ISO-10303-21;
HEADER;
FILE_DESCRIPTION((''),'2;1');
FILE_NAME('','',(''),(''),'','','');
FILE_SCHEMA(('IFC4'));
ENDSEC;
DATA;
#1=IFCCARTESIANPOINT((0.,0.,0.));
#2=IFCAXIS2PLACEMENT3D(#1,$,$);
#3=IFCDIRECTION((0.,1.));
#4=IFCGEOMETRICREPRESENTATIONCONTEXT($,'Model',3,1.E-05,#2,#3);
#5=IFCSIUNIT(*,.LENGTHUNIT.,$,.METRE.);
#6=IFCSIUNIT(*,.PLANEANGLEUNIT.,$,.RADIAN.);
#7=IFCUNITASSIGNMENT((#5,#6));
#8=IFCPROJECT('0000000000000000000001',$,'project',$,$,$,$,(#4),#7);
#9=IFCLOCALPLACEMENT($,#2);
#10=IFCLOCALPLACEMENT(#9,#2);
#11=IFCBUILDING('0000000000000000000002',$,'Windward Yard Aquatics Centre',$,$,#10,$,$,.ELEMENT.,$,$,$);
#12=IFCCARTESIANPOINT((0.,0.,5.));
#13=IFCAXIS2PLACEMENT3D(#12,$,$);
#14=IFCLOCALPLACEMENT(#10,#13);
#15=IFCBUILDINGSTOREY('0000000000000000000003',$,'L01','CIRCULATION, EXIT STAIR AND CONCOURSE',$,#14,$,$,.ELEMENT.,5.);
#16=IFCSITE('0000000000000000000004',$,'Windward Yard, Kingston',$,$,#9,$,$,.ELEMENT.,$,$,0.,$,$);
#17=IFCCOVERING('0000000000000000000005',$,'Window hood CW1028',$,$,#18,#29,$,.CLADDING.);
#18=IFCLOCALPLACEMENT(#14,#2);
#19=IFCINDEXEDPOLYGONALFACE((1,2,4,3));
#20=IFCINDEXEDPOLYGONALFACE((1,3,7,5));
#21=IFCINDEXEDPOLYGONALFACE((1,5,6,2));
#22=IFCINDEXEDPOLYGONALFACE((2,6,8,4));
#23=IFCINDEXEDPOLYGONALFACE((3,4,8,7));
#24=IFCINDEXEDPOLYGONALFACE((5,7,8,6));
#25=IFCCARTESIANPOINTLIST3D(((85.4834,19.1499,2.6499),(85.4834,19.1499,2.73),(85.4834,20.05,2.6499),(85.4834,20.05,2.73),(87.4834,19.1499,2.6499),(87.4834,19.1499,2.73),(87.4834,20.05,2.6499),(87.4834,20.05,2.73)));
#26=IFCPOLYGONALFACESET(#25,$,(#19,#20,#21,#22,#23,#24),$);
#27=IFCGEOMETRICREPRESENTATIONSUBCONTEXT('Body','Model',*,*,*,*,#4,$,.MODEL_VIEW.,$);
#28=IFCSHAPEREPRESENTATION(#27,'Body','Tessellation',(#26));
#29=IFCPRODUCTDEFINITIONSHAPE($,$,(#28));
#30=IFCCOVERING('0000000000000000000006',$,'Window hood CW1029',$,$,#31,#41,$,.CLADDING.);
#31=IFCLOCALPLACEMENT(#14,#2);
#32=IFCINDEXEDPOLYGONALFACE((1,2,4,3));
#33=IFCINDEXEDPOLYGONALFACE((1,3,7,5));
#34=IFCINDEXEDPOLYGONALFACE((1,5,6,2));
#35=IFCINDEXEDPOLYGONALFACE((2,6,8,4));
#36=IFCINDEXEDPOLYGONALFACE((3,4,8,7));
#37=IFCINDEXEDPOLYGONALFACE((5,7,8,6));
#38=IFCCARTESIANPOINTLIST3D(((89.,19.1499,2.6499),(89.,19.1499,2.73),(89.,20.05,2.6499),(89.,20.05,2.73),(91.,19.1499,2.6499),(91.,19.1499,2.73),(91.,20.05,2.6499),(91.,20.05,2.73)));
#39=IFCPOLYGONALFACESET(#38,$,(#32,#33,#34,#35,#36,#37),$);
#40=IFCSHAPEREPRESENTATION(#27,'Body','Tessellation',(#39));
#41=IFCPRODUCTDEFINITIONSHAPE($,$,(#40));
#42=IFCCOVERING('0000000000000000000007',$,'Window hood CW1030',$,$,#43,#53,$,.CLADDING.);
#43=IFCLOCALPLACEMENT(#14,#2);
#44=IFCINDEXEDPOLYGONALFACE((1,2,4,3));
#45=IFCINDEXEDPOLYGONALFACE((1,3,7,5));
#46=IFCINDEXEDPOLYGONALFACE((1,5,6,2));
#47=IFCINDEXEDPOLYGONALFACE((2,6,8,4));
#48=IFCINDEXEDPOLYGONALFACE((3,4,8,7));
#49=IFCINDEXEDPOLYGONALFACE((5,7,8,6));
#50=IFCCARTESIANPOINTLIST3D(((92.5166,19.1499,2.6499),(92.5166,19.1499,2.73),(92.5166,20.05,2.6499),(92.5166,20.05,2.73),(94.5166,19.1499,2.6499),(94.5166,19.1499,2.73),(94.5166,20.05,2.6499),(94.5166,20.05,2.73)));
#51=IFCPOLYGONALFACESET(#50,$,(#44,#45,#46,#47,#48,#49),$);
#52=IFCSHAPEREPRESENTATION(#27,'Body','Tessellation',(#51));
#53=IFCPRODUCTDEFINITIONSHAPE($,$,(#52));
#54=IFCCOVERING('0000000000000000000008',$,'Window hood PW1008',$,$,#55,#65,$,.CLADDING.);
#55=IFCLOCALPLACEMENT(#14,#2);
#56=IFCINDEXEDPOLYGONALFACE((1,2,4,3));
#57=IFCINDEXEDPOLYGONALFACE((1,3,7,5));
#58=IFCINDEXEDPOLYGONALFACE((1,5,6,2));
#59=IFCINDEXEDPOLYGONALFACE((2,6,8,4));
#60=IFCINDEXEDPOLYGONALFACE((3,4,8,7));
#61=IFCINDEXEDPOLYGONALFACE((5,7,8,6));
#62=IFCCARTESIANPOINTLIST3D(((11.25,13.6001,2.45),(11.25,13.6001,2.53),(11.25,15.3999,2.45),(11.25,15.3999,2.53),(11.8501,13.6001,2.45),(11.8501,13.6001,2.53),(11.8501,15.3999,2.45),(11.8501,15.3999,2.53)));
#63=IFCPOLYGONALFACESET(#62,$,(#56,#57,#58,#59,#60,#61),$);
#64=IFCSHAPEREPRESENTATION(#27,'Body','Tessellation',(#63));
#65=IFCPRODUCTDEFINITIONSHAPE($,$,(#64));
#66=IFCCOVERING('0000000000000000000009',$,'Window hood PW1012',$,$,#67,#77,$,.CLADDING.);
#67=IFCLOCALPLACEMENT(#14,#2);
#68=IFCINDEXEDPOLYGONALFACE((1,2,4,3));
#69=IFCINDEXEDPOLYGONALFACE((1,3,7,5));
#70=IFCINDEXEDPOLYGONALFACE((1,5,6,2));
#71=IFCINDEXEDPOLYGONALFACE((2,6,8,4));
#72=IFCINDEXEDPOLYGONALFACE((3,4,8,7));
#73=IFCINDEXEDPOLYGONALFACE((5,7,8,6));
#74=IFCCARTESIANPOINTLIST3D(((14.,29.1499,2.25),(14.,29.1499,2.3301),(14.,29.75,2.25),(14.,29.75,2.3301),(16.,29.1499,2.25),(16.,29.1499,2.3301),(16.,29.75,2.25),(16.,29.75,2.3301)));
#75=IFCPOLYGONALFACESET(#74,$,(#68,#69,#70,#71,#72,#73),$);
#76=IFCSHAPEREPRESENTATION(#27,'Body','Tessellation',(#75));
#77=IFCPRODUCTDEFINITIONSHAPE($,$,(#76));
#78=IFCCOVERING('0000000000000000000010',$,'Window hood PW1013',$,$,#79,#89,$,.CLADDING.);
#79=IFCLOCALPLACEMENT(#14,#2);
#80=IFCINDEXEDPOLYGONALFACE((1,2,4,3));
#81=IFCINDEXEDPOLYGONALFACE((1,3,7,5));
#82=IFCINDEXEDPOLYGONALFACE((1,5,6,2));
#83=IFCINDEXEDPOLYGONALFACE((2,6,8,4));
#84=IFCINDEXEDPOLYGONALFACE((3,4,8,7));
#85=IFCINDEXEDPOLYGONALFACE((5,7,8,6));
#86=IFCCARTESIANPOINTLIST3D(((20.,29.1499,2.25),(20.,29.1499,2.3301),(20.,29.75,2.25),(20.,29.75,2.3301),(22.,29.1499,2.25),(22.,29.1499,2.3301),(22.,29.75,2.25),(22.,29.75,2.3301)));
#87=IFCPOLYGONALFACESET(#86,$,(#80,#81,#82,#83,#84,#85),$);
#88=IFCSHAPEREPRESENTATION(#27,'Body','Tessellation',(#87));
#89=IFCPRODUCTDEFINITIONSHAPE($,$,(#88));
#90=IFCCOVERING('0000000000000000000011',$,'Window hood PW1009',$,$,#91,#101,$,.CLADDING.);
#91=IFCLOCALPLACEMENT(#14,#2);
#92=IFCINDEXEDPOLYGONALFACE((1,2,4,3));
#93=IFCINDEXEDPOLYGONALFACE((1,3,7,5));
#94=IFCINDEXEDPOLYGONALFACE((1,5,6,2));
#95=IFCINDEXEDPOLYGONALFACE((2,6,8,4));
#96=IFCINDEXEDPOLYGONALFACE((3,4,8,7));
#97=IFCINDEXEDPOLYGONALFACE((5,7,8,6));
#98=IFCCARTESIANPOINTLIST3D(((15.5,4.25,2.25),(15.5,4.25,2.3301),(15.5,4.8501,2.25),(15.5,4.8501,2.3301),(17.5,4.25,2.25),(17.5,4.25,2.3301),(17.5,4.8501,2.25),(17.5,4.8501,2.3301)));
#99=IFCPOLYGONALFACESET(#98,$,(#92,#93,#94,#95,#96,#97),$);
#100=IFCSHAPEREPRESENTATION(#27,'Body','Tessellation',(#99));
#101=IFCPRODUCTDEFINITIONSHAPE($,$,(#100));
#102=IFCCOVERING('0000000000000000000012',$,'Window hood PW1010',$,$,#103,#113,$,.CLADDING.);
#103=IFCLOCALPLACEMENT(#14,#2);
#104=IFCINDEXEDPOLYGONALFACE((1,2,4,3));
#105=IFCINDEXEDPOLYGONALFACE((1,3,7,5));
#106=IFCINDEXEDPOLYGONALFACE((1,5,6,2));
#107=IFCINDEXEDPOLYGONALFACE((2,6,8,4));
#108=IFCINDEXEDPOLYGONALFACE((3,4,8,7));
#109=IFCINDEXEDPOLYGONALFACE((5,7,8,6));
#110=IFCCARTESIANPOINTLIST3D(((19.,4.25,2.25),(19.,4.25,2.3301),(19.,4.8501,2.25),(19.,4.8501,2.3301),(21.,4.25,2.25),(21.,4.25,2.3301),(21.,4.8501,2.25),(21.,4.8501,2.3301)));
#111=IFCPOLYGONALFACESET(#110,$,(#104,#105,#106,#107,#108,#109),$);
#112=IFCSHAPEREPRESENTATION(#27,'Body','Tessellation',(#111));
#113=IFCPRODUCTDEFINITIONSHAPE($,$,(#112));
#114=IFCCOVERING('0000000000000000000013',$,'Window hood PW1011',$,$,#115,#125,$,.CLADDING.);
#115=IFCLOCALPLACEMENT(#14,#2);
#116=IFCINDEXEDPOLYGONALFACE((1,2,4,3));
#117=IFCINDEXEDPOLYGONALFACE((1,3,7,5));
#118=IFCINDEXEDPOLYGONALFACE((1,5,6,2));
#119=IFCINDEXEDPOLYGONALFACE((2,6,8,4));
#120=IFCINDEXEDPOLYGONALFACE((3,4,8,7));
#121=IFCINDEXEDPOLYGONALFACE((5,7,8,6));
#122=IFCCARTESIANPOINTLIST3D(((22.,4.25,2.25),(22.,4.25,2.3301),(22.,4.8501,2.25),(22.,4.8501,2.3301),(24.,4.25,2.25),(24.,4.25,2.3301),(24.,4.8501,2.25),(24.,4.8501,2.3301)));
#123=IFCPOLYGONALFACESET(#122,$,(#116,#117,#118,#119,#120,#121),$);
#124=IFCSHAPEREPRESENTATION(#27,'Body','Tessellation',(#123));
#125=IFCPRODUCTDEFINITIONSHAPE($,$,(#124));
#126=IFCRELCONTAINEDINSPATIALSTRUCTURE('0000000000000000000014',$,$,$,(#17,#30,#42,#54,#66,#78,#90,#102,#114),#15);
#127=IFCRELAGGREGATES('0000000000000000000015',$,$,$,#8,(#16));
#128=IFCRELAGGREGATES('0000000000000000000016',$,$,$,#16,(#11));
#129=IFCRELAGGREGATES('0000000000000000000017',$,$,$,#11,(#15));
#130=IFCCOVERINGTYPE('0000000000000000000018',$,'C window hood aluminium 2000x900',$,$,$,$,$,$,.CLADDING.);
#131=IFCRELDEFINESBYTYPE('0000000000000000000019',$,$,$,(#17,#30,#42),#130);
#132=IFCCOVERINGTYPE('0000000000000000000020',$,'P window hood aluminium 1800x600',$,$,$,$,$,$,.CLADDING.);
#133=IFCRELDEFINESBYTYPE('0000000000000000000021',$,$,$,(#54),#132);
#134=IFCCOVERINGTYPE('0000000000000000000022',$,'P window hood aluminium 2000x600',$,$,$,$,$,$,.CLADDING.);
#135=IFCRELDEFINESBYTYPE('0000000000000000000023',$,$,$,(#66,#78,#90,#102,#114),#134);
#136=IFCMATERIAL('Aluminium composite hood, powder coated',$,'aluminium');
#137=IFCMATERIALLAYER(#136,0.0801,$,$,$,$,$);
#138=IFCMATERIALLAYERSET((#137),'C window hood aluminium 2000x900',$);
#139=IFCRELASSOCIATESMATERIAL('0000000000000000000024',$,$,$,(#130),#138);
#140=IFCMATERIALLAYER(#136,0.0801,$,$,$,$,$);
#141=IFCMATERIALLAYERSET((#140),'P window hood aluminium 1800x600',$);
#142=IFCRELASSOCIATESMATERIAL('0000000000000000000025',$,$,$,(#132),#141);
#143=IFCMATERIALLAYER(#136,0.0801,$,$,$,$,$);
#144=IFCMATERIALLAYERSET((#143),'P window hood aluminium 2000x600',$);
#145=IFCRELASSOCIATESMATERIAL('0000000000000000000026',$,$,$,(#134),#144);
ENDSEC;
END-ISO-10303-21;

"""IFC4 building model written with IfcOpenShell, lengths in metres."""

from ifc_helpers import new_model, si_unit, direction, frame, origin, place, context, subcontext, project, spatial, polyline, outline, extrude, material, layer, layer_set, type_object, element, save


model = new_model("IFC4")

# Units and contexts
model_context = context("Model", 3, precision=1e-05, world=origin(), true_north=direction((0.0, 1.0)))
body_context = subcontext(model_context, "Body", "Model", "MODEL_VIEW")
ifc_project = project(units=[si_unit("LENGTHUNIT", "METRE"), si_unit("PLANEANGLEUNIT", "RADIAN")], contexts=[model_context])

# Site, building, storey
site_placement = place(None, origin())
site = spatial("IfcSite", under=ifc_project, at=site_placement, Name="Windward Yard, Kingston", CompositionType="ELEMENT", RefElevation=0.0)
building_placement = place(site_placement, origin())
building = spatial("IfcBuilding", under=site, at=building_placement, Name="Windward Yard Aquatics Centre", CompositionType="ELEMENT")
storey_placement = place(building_placement, frame((0.0, 0.0, 5.0)))
storey = spatial("IfcBuildingStorey", under=building, at=storey_placement, Name="L01", Description="CIRCULATION, EXIT STAIR AND CONCOURSE", CompositionType="ELEMENT", Elevation=5.0)

# Coverings
ifc_material_1 = material(Name="Aluminium composite hood, powder coated", Category="aluminium")
ifc_layer_1 = layer(ifc_material_1, 0.0801)
ifc_layer_set_1 = layer_set([ifc_layer_1], Name="C window hood aluminium 2000x900")
covering_type_1 = type_object("IfcCoveringType", Name="C window hood aluminium 2000x900", PredefinedType="CLADDING", material=ifc_layer_set_1)
covering_1_placement = place(storey_placement, frame((0.0, 0.0, 2.6499)))
element("IfcCovering", 1, at=covering_1_placement, inside=storey, type_object=covering_type_1, Name="Window hood CW1028", PredefinedType="CLADDING", context=body_context, shape_type="SweptSolid", body=[
    extrude(outline(polyline([(85.4834, 19.1499), (87.4834, 19.1499), (87.4834, 20.05), (85.4834, 20.05), (85.4834, 19.1499)])), origin(), (0.0, 0.0, 1.0), 0.0801),
])
covering_2_placement = place(storey_placement, frame((0.0, 0.0, 2.6499)))
element("IfcCovering", 2, at=covering_2_placement, inside=storey, type_object=covering_type_1, Name="Window hood CW1029", PredefinedType="CLADDING", context=body_context, shape_type="SweptSolid", body=[
    extrude(outline(polyline([(89.0, 19.1499), (91.0, 19.1499), (91.0, 20.05), (89.0, 20.05), (89.0, 19.1499)])), origin(), (0.0, 0.0, 1.0), 0.0801),
])
covering_3_placement = place(storey_placement, frame((0.0, 0.0, 2.6499)))
element("IfcCovering", 3, at=covering_3_placement, inside=storey, type_object=covering_type_1, Name="Window hood CW1030", PredefinedType="CLADDING", context=body_context, shape_type="SweptSolid", body=[
    extrude(outline(polyline([(92.5166, 19.1499), (94.5166, 19.1499), (94.5166, 20.05), (92.5166, 20.05), (92.5166, 19.1499)])), origin(), (0.0, 0.0, 1.0), 0.0801),
])
ifc_layer_2 = layer(ifc_material_1, 0.0801)
ifc_layer_set_2 = layer_set([ifc_layer_2], Name="P window hood aluminium 1800x600")
covering_type_2 = type_object("IfcCoveringType", Name="P window hood aluminium 1800x600", PredefinedType="CLADDING", material=ifc_layer_set_2)
covering_4_placement = place(storey_placement, frame((0.0, 0.0, 2.45)))
element("IfcCovering", 4, at=covering_4_placement, inside=storey, type_object=covering_type_2, Name="Window hood PW1008", PredefinedType="CLADDING", context=body_context, shape_type="SweptSolid", body=[
    extrude(outline(polyline([(11.25, 13.6001), (11.8501, 13.6001), (11.8501, 15.3999), (11.25, 15.3999), (11.25, 13.6001)])), origin(), (0.0, 0.0, 1.0), 0.0801),
])
ifc_layer_3 = layer(ifc_material_1, 0.0801)
ifc_layer_set_3 = layer_set([ifc_layer_3], Name="P window hood aluminium 2000x600")
covering_type_3 = type_object("IfcCoveringType", Name="P window hood aluminium 2000x600", PredefinedType="CLADDING", material=ifc_layer_set_3)
covering_5_placement = place(storey_placement, frame((0.0, 0.0, 2.25)))
element("IfcCovering", 5, at=covering_5_placement, inside=storey, type_object=covering_type_3, Name="Window hood PW1012", PredefinedType="CLADDING", context=body_context, shape_type="SweptSolid", body=[
    extrude(outline(polyline([(14.0, 29.1499), (16.0, 29.1499), (16.0, 29.75), (14.0, 29.75), (14.0, 29.1499)])), origin(), (0.0, 0.0, 1.0), 0.0801),
])
covering_6_placement = place(storey_placement, frame((0.0, 0.0, 2.25)))
element("IfcCovering", 6, at=covering_6_placement, inside=storey, type_object=covering_type_3, Name="Window hood PW1013", PredefinedType="CLADDING", context=body_context, shape_type="SweptSolid", body=[
    extrude(outline(polyline([(20.0, 29.1499), (22.0, 29.1499), (22.0, 29.75), (20.0, 29.75), (20.0, 29.1499)])), origin(), (0.0, 0.0, 1.0), 0.0801),
])
covering_7_placement = place(storey_placement, frame((0.0, 0.0, 2.25)))
element("IfcCovering", 7, at=covering_7_placement, inside=storey, type_object=covering_type_3, Name="Window hood PW1009", PredefinedType="CLADDING", context=body_context, shape_type="SweptSolid", body=[
    extrude(outline(polyline([(15.5, 4.25), (15.5, 4.8501), (17.5, 4.8501), (17.5, 4.25), (15.5, 4.25)])), origin(), (0.0, 0.0, 1.0), 0.0801),
])
covering_8_placement = place(storey_placement, frame((0.0, 0.0, 2.25)))
element("IfcCovering", 8, at=covering_8_placement, inside=storey, type_object=covering_type_3, Name="Window hood PW1010", PredefinedType="CLADDING", context=body_context, shape_type="SweptSolid", body=[
    extrude(outline(polyline([(19.0, 4.25), (19.0, 4.8501), (21.0, 4.8501), (21.0, 4.25), (19.0, 4.25)])), origin(), (0.0, 0.0, 1.0), 0.0801),
])
covering_9_placement = place(storey_placement, frame((0.0, 0.0, 2.25)))
element("IfcCovering", 9, at=covering_9_placement, inside=storey, type_object=covering_type_3, Name="Window hood PW1011", PredefinedType="CLADDING", context=body_context, shape_type="SweptSolid", body=[
    extrude(outline(polyline([(22.0, 4.25), (22.0, 4.8501), (24.0, 4.8501), (24.0, 4.25), (22.0, 4.25)])), origin(), (0.0, 0.0, 1.0), 0.0801),
])

save(model, "model.ifc")
